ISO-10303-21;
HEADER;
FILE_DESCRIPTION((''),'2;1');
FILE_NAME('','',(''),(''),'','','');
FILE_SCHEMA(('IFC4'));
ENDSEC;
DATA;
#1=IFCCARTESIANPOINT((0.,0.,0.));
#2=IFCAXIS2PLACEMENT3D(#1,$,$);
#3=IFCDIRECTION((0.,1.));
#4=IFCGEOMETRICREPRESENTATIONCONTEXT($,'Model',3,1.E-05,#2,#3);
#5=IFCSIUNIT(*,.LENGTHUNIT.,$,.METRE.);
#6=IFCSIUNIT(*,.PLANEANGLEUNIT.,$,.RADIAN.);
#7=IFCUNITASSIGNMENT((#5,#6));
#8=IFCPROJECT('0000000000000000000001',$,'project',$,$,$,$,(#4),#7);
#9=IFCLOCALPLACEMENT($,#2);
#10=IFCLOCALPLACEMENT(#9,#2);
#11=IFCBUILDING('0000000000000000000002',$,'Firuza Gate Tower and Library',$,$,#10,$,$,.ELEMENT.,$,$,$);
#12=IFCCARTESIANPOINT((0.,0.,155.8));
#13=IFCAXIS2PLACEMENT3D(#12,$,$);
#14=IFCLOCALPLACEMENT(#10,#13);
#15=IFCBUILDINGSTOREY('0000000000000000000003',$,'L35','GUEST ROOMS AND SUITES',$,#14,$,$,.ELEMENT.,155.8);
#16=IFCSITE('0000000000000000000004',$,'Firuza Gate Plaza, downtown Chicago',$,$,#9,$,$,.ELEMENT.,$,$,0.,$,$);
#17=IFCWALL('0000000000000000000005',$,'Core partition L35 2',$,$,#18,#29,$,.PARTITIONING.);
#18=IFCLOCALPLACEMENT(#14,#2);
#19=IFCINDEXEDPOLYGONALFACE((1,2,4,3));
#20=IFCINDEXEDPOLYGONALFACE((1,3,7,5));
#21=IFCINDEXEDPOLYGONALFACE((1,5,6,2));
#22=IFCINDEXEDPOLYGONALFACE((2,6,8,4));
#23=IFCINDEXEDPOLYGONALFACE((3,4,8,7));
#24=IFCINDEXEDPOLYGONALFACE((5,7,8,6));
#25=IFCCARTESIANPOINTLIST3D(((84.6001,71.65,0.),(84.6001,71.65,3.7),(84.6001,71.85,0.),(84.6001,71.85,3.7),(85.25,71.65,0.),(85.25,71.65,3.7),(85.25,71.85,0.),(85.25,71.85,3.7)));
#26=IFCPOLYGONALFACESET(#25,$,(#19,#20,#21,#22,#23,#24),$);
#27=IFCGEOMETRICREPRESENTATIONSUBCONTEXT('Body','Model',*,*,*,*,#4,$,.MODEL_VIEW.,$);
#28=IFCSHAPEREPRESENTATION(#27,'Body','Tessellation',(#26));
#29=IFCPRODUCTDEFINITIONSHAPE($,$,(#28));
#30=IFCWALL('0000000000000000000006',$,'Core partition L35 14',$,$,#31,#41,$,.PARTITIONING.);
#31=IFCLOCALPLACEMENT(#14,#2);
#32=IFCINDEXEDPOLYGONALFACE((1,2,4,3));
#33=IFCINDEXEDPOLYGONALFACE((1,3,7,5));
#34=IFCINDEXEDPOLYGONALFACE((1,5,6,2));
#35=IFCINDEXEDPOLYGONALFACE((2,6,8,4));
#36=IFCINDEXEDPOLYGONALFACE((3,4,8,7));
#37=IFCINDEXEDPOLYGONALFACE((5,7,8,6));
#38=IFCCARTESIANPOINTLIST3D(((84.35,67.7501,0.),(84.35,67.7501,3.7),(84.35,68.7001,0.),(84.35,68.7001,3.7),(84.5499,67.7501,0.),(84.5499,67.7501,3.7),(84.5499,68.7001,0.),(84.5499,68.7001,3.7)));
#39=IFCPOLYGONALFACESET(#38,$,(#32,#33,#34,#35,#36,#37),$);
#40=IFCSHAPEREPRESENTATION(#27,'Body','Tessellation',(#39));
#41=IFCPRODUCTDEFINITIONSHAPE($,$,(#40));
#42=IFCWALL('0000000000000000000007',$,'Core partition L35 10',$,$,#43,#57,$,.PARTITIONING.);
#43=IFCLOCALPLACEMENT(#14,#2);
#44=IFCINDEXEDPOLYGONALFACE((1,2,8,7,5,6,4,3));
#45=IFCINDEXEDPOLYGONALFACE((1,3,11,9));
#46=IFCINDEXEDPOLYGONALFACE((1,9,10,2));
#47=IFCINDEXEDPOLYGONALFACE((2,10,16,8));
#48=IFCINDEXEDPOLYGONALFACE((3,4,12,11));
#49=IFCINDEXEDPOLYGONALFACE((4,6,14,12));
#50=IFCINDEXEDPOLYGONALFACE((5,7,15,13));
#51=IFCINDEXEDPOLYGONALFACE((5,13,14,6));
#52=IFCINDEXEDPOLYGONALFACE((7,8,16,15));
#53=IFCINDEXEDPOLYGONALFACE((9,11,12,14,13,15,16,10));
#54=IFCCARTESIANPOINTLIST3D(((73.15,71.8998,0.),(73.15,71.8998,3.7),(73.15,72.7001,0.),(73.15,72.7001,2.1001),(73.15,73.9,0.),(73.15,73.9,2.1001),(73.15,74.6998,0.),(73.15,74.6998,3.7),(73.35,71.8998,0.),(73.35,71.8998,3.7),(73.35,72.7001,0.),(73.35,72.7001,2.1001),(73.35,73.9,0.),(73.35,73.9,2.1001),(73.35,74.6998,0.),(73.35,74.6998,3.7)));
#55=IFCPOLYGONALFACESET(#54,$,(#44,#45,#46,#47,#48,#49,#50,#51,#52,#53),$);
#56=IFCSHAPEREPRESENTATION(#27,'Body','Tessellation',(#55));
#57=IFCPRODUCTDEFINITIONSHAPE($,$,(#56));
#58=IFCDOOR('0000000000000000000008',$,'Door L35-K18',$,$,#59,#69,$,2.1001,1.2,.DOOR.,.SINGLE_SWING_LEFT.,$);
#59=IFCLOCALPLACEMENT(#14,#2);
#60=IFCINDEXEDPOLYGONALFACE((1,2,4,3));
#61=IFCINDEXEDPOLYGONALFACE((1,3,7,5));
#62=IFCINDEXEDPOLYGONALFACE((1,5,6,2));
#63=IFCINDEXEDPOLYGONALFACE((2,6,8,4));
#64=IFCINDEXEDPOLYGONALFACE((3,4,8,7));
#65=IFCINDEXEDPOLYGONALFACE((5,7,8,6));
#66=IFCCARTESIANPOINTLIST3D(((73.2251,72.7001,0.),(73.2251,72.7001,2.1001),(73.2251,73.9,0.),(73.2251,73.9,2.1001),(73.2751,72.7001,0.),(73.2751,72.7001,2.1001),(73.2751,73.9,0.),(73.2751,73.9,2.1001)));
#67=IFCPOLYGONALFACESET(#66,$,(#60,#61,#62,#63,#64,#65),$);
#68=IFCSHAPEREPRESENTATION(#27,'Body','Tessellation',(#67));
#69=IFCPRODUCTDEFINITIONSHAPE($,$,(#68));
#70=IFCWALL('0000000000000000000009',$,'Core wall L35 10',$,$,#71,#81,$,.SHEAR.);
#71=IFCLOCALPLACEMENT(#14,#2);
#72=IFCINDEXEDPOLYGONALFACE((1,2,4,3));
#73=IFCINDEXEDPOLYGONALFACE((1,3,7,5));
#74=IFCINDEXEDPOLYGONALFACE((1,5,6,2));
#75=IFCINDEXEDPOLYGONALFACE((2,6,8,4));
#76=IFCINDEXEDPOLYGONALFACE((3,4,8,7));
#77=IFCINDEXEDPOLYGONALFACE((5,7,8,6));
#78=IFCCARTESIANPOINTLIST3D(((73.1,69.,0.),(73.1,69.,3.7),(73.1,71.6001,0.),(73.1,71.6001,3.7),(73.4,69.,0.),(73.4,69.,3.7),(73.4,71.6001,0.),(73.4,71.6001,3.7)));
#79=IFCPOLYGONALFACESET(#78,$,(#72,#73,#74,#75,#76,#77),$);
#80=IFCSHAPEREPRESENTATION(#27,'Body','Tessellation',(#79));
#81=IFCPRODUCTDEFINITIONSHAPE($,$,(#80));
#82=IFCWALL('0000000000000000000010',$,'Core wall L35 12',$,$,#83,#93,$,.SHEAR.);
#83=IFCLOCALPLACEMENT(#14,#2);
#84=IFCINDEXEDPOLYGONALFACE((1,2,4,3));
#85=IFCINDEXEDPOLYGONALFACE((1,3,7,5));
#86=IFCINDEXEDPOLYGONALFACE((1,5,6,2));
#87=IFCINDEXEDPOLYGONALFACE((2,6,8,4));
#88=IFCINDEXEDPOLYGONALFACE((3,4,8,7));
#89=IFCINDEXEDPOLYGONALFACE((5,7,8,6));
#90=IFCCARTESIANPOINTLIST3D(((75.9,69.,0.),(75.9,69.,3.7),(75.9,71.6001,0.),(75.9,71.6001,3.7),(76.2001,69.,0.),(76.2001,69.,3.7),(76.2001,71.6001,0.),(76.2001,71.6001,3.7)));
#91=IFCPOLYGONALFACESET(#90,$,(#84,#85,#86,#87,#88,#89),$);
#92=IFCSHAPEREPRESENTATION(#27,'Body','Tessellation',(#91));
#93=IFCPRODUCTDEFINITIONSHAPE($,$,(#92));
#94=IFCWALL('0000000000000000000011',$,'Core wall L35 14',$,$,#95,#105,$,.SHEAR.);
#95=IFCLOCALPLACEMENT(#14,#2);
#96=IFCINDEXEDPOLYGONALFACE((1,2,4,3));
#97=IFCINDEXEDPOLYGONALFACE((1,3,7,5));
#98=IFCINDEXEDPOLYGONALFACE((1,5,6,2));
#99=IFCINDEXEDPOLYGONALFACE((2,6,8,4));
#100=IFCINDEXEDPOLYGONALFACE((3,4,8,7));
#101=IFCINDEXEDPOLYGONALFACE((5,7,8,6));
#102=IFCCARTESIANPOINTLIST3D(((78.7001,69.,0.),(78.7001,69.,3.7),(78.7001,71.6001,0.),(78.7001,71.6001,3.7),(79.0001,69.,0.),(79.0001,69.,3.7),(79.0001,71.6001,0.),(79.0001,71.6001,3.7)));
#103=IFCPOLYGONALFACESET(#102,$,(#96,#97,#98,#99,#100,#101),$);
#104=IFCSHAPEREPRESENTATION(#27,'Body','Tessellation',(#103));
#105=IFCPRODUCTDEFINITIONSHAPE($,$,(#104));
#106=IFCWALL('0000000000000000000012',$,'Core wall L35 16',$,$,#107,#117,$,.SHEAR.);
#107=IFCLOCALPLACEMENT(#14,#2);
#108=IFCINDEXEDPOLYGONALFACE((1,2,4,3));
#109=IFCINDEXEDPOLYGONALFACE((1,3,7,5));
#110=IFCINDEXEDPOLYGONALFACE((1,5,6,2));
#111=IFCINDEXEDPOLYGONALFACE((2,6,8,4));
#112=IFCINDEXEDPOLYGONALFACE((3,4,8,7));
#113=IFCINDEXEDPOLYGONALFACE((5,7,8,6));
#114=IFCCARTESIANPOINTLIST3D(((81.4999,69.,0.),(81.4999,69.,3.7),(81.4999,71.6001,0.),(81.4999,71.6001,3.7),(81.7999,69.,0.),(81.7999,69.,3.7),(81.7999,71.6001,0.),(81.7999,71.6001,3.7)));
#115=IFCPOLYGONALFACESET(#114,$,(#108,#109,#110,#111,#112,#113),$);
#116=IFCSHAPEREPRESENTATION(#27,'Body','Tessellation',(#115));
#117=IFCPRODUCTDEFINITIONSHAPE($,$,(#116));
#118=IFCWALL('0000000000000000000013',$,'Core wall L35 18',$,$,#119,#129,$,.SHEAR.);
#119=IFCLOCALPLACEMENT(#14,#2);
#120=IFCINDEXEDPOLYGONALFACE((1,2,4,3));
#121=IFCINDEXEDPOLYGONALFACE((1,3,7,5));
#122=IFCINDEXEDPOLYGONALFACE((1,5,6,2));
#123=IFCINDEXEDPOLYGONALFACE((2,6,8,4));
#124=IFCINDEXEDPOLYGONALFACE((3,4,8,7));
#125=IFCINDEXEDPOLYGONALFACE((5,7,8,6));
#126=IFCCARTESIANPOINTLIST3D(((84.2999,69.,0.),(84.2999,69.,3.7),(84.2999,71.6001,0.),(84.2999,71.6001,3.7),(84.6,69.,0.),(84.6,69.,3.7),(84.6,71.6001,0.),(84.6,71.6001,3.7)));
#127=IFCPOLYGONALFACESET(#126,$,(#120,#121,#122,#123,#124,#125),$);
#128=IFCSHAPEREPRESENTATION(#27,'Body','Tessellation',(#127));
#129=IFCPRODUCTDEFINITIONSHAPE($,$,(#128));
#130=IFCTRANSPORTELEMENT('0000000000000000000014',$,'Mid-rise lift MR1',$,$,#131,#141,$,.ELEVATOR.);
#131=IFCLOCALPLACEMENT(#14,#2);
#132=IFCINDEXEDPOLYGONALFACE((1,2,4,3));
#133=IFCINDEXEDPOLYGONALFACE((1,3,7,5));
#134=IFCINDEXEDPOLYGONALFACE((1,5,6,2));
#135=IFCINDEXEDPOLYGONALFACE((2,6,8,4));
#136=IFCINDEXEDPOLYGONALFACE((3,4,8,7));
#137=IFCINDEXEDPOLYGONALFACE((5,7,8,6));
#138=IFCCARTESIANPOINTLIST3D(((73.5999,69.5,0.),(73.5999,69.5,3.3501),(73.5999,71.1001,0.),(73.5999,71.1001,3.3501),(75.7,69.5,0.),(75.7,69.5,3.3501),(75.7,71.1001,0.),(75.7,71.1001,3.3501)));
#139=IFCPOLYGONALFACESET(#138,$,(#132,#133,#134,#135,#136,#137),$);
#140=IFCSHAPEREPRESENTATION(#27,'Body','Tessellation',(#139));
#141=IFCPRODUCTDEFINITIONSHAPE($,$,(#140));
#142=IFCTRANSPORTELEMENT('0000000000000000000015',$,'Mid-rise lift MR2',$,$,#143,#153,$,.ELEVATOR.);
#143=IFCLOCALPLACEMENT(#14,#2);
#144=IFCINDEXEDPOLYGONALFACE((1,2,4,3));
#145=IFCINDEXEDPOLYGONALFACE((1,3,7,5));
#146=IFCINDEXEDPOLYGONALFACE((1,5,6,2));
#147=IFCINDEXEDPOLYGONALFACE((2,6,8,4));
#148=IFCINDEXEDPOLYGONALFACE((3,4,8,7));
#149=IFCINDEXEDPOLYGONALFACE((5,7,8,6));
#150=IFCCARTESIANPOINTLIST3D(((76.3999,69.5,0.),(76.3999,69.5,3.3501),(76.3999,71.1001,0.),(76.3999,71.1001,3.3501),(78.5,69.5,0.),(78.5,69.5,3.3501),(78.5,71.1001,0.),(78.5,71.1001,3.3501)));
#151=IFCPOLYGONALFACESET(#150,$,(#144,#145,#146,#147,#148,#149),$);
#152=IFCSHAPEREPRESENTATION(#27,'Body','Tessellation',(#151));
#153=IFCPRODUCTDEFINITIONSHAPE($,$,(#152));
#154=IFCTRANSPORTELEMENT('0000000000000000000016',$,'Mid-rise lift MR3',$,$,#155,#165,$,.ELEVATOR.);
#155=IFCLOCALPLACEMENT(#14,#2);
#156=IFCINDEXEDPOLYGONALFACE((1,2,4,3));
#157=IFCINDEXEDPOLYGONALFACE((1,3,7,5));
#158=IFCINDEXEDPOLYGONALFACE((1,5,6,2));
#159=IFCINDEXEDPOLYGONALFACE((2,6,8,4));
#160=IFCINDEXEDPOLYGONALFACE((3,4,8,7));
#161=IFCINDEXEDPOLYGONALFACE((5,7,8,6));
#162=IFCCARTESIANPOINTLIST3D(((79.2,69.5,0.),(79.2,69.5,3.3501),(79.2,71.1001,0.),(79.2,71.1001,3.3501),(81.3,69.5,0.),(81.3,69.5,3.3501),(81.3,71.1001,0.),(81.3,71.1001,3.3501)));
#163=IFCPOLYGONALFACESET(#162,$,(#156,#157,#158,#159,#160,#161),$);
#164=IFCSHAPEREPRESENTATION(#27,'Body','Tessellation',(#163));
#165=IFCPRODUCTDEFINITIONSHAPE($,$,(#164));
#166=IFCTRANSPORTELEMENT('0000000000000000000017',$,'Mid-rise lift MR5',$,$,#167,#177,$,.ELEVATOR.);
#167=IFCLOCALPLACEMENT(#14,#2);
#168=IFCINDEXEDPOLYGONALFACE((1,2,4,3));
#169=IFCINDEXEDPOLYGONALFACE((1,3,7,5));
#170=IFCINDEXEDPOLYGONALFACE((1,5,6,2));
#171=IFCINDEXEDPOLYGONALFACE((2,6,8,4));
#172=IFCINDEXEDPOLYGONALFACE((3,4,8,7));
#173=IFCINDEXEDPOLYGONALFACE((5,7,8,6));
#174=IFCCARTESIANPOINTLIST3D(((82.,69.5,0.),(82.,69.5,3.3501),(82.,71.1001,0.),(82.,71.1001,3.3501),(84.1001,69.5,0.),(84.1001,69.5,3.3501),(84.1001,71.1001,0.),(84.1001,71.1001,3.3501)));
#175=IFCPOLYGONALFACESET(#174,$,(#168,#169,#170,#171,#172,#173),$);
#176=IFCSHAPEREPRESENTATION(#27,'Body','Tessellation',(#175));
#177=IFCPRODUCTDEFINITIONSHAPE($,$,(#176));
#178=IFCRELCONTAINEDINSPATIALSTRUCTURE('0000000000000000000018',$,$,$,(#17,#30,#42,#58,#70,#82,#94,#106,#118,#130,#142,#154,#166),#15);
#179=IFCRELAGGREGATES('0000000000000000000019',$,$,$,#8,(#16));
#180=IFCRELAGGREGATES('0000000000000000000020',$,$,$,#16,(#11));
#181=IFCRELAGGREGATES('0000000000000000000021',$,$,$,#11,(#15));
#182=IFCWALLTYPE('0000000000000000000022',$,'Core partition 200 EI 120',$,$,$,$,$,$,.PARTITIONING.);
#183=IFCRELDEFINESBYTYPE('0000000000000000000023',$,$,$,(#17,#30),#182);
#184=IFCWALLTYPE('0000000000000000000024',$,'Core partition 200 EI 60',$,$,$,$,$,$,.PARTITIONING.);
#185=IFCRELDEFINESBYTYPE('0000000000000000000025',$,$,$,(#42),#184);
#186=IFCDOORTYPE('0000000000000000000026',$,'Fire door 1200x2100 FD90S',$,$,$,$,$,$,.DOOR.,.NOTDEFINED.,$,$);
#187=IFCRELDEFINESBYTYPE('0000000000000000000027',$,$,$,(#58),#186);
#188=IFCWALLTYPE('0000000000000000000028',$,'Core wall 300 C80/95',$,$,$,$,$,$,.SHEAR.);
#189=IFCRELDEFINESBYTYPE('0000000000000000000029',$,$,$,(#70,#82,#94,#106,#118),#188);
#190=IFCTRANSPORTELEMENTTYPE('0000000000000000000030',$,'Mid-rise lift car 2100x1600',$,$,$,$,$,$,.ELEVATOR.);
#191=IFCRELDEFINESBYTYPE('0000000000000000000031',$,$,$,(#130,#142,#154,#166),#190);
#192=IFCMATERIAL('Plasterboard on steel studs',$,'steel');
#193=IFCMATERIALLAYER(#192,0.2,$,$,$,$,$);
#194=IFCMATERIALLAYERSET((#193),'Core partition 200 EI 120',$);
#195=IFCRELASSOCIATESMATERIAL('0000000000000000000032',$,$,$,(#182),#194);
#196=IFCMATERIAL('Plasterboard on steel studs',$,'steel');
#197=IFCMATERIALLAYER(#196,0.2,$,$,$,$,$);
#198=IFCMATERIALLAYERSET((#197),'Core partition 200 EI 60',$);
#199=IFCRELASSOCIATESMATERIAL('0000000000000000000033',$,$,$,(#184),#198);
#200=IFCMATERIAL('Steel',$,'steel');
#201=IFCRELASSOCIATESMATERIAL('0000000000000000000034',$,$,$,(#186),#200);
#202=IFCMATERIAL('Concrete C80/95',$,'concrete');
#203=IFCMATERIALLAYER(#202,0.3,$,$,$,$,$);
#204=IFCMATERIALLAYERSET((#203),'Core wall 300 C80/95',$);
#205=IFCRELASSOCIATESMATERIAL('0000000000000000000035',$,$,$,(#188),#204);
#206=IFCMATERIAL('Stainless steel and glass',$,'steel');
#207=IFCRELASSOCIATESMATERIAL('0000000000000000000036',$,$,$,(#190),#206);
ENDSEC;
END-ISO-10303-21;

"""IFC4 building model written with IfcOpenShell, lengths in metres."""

from ifc_helpers import new_model, si_unit, direction, frame, frame_2d, origin, origin_2d, place, context, subcontext, project, spatial, rectangle, extrude, material, layer, layer_set, type_object, element, fill, save


model = new_model("IFC4")

# Units and contexts
model_context = context("Model", 3, precision=1e-05, world=origin(), true_north=direction((0.0, 1.0)))
body_context = subcontext(model_context, "Body", "Model", "MODEL_VIEW")
ifc_project = project(units=[si_unit("LENGTHUNIT", "METRE"), si_unit("PLANEANGLEUNIT", "RADIAN")], contexts=[model_context])

# Site, building, storey
site_placement = place(None, origin())
site = spatial("IfcSite", under=ifc_project, at=site_placement, Name="Firuza Gate Plaza, downtown Chicago", CompositionType="ELEMENT", RefElevation=0.0)
building_placement = place(site_placement, origin())
building = spatial("IfcBuilding", under=site, at=building_placement, Name="Firuza Gate Tower and Library", CompositionType="ELEMENT")
storey_placement = place(building_placement, frame((0.0, 0.0, 155.8)))
storey = spatial("IfcBuildingStorey", under=building, at=storey_placement, Name="L35", Description="GUEST ROOMS AND SUITES", CompositionType="ELEMENT", Elevation=155.8)

# Walls
ifc_material_1 = material(Name="Plasterboard on steel studs", Category="steel")
ifc_layer_1 = layer(ifc_material_1, 0.2)
ifc_layer_set_1 = layer_set([ifc_layer_1], Name="Core partition 200 EI 120")
wall_type_1 = type_object("IfcWallType", Name="Core partition 200 EI 120", PredefinedType="PARTITIONING", material=ifc_layer_set_1)
wall_1_placement = place(storey_placement, frame((84.6001, 71.75, 0.0), z_axis=(0.0, 0.0, 1.0), x_axis=(1.0, 0.0, 0.0)))
element("IfcWall", 1, at=wall_1_placement, inside=storey, type_object=wall_type_1, Name="Core partition L35 2", PredefinedType="PARTITIONING", context=body_context, shape_type="SweptSolid", body=[
    extrude(rectangle(XDim=0.6499, YDim=0.2, at=frame_2d((0.325, 0.0))), origin(), (0.0, 0.0, 1.0), 3.7),
])
wall_2_placement = place(storey_placement, frame((84.45, 67.75, 0.0), z_axis=(0.0, 0.0, 1.0), x_axis=(0.0, 1.0, 0.0)))
element("IfcWall", 2, at=wall_2_placement, inside=storey, type_object=wall_type_1, Name="Core partition L35 14", PredefinedType="PARTITIONING", context=body_context, shape_type="SweptSolid", body=[
    extrude(rectangle(XDim=0.95, YDim=0.2, at=frame_2d((0.4751, 0.0))), origin(), (0.0, 0.0, 1.0), 3.7),
])

# Wall, opening, door
ifc_material_2 = material(Name="Plasterboard on steel studs", Category="steel")
ifc_layer_2 = layer(ifc_material_2, 0.2)
ifc_layer_set_2 = layer_set([ifc_layer_2], Name="Core partition 200 EI 60")
wall_type_2 = type_object("IfcWallType", Name="Core partition 200 EI 60", PredefinedType="PARTITIONING", material=ifc_layer_set_2)
wall_3_placement = place(storey_placement, frame((73.25, 71.8999, 0.0), z_axis=(0.0, 0.0, 1.0), x_axis=(0.0, 1.0, 0.0)))
wall_3 = element("IfcWall", 3, at=wall_3_placement, inside=storey, type_object=wall_type_2, Name="Core partition L35 10", PredefinedType="PARTITIONING", context=body_context, shape_type="SweptSolid", body=[
    extrude(rectangle(XDim=2.8, YDim=0.2, at=frame_2d((1.3999, 0.0))), origin(), (0.0, 0.0, 1.0), 3.7),
])
opening_placement = place(wall_3_placement, frame((0.8, 0.0, 0.0)))
opening = element("IfcOpeningElement", 4, at=opening_placement, cuts=wall_3, PredefinedType="OPENING", context=body_context, shape_type="SweptSolid", body=[
    extrude(rectangle(XDim=1.2, YDim=2.1001, at=frame_2d((0.6001, 1.05))), frame((0.0, 0.1099, 0.0), z_axis=(0.0, -1.0, 0.0), x_axis=(1.0, 0.0, 0.0)), (0.0, 0.0, 1.0), 0.22),
])
ifc_material_3 = material(Name="Steel", Category="steel")
door_type = type_object("IfcDoorType", Name="Fire door 1200x2100 FD90S", OperationType="NOTDEFINED", PredefinedType="DOOR", material=ifc_material_3)
door_placement = place(opening_placement, origin())
door = element("IfcDoor", 5, at=door_placement, inside=storey, type_object=door_type, Name="Door L35-K18", OperationType="SINGLE_SWING_LEFT", OverallHeight=2.1001, OverallWidth=1.2, PredefinedType="DOOR", context=body_context, shape_type="SweptSolid", body=[
    extrude(rectangle(XDim=1.2, YDim=2.1001, at=frame_2d((0.6001, 1.05))), frame((0.0, 0.0249, 0.0), z_axis=(0.0, -1.0, 0.0), x_axis=(1.0, 0.0, 0.0)), (0.0, 0.0, 1.0), 0.05),
])
fill(opening, door)

# Walls
ifc_material_4 = material(Name="Concrete C80/95", Category="concrete")
ifc_layer_3 = layer(ifc_material_4, 0.3)
ifc_layer_set_3 = layer_set([ifc_layer_3], Name="Core wall 300 C80/95")
wall_type_3 = type_object("IfcWallType", Name="Core wall 300 C80/95", PredefinedType="SHEAR", material=ifc_layer_set_3)
for number, where, z_axis, x_axis, name in (
    (6, (73.25, 69.0, 0.0), (0.0, 0.0, 1.0), (0.0, 1.0, 0.0), "Core wall L35 10"),
    (7, (76.05, 69.0, 0.0), (0.0, 0.0, 1.0), (0.0, 1.0, 0.0), "Core wall L35 12"),
    (8, (78.8501, 69.0, 0.0), (0.0, 0.0, 1.0), (0.0, 1.0, 0.0), "Core wall L35 14"),
    (9, (81.6499, 69.0, 0.0), (0.0, 0.0, 1.0), (0.0, 1.0, 0.0), "Core wall L35 16"),
    (10, (84.45, 69.0, 0.0), (0.0, 0.0, 1.0), (0.0, 1.0, 0.0), "Core wall L35 18"),
):
    element("IfcWall", number, at=place(storey_placement, frame(where, z_axis=z_axis, x_axis=x_axis)), inside=storey, type_object=wall_type_3, Name=name, PredefinedType="SHEAR", context=body_context, shape_type="SweptSolid", body=[
        extrude(rectangle(XDim=2.6001, YDim=0.3, at=frame_2d((1.3, 0.0))), origin(), (0.0, 0.0, 1.0), 3.7),
    ])

# Transport elements
ifc_material_5 = material(Name="Stainless steel and glass", Category="steel")
transport_element_type = type_object("IfcTransportElementType", Name="Mid-rise lift car 2100x1600", PredefinedType="ELEVATOR", material=ifc_material_5)
for number, where, z_axis, x_axis, name in (
    (11, (74.6499, 70.3, 0.0), (0.0, 0.0, 1.0), (1.0, 0.0, 0.0), "Mid-rise lift MR1"),
    (12, (77.45, 70.3, 0.0), (0.0, 0.0, 1.0), (1.0, 0.0, 0.0), "Mid-rise lift MR2"),
    (13, (80.25, 70.3, 0.0), (0.0, 0.0, 1.0), (1.0, 0.0, 0.0), "Mid-rise lift MR3"),
    (14, (83.05, 70.3, 0.0), (0.0, 0.0, 1.0), (1.0, 0.0, 0.0), "Mid-rise lift MR5"),
):
    element("IfcTransportElement", number, at=place(storey_placement, frame(where, z_axis=z_axis, x_axis=x_axis)), inside=storey, type_object=transport_element_type, Name=name, PredefinedType="ELEVATOR", context=body_context, shape_type="SweptSolid", body=[
        extrude(rectangle(XDim=2.1001, YDim=1.6001, at=origin_2d()), origin(), (0.0, 0.0, 1.0), 3.3501),
    ])

save(model, "model.ifc")
